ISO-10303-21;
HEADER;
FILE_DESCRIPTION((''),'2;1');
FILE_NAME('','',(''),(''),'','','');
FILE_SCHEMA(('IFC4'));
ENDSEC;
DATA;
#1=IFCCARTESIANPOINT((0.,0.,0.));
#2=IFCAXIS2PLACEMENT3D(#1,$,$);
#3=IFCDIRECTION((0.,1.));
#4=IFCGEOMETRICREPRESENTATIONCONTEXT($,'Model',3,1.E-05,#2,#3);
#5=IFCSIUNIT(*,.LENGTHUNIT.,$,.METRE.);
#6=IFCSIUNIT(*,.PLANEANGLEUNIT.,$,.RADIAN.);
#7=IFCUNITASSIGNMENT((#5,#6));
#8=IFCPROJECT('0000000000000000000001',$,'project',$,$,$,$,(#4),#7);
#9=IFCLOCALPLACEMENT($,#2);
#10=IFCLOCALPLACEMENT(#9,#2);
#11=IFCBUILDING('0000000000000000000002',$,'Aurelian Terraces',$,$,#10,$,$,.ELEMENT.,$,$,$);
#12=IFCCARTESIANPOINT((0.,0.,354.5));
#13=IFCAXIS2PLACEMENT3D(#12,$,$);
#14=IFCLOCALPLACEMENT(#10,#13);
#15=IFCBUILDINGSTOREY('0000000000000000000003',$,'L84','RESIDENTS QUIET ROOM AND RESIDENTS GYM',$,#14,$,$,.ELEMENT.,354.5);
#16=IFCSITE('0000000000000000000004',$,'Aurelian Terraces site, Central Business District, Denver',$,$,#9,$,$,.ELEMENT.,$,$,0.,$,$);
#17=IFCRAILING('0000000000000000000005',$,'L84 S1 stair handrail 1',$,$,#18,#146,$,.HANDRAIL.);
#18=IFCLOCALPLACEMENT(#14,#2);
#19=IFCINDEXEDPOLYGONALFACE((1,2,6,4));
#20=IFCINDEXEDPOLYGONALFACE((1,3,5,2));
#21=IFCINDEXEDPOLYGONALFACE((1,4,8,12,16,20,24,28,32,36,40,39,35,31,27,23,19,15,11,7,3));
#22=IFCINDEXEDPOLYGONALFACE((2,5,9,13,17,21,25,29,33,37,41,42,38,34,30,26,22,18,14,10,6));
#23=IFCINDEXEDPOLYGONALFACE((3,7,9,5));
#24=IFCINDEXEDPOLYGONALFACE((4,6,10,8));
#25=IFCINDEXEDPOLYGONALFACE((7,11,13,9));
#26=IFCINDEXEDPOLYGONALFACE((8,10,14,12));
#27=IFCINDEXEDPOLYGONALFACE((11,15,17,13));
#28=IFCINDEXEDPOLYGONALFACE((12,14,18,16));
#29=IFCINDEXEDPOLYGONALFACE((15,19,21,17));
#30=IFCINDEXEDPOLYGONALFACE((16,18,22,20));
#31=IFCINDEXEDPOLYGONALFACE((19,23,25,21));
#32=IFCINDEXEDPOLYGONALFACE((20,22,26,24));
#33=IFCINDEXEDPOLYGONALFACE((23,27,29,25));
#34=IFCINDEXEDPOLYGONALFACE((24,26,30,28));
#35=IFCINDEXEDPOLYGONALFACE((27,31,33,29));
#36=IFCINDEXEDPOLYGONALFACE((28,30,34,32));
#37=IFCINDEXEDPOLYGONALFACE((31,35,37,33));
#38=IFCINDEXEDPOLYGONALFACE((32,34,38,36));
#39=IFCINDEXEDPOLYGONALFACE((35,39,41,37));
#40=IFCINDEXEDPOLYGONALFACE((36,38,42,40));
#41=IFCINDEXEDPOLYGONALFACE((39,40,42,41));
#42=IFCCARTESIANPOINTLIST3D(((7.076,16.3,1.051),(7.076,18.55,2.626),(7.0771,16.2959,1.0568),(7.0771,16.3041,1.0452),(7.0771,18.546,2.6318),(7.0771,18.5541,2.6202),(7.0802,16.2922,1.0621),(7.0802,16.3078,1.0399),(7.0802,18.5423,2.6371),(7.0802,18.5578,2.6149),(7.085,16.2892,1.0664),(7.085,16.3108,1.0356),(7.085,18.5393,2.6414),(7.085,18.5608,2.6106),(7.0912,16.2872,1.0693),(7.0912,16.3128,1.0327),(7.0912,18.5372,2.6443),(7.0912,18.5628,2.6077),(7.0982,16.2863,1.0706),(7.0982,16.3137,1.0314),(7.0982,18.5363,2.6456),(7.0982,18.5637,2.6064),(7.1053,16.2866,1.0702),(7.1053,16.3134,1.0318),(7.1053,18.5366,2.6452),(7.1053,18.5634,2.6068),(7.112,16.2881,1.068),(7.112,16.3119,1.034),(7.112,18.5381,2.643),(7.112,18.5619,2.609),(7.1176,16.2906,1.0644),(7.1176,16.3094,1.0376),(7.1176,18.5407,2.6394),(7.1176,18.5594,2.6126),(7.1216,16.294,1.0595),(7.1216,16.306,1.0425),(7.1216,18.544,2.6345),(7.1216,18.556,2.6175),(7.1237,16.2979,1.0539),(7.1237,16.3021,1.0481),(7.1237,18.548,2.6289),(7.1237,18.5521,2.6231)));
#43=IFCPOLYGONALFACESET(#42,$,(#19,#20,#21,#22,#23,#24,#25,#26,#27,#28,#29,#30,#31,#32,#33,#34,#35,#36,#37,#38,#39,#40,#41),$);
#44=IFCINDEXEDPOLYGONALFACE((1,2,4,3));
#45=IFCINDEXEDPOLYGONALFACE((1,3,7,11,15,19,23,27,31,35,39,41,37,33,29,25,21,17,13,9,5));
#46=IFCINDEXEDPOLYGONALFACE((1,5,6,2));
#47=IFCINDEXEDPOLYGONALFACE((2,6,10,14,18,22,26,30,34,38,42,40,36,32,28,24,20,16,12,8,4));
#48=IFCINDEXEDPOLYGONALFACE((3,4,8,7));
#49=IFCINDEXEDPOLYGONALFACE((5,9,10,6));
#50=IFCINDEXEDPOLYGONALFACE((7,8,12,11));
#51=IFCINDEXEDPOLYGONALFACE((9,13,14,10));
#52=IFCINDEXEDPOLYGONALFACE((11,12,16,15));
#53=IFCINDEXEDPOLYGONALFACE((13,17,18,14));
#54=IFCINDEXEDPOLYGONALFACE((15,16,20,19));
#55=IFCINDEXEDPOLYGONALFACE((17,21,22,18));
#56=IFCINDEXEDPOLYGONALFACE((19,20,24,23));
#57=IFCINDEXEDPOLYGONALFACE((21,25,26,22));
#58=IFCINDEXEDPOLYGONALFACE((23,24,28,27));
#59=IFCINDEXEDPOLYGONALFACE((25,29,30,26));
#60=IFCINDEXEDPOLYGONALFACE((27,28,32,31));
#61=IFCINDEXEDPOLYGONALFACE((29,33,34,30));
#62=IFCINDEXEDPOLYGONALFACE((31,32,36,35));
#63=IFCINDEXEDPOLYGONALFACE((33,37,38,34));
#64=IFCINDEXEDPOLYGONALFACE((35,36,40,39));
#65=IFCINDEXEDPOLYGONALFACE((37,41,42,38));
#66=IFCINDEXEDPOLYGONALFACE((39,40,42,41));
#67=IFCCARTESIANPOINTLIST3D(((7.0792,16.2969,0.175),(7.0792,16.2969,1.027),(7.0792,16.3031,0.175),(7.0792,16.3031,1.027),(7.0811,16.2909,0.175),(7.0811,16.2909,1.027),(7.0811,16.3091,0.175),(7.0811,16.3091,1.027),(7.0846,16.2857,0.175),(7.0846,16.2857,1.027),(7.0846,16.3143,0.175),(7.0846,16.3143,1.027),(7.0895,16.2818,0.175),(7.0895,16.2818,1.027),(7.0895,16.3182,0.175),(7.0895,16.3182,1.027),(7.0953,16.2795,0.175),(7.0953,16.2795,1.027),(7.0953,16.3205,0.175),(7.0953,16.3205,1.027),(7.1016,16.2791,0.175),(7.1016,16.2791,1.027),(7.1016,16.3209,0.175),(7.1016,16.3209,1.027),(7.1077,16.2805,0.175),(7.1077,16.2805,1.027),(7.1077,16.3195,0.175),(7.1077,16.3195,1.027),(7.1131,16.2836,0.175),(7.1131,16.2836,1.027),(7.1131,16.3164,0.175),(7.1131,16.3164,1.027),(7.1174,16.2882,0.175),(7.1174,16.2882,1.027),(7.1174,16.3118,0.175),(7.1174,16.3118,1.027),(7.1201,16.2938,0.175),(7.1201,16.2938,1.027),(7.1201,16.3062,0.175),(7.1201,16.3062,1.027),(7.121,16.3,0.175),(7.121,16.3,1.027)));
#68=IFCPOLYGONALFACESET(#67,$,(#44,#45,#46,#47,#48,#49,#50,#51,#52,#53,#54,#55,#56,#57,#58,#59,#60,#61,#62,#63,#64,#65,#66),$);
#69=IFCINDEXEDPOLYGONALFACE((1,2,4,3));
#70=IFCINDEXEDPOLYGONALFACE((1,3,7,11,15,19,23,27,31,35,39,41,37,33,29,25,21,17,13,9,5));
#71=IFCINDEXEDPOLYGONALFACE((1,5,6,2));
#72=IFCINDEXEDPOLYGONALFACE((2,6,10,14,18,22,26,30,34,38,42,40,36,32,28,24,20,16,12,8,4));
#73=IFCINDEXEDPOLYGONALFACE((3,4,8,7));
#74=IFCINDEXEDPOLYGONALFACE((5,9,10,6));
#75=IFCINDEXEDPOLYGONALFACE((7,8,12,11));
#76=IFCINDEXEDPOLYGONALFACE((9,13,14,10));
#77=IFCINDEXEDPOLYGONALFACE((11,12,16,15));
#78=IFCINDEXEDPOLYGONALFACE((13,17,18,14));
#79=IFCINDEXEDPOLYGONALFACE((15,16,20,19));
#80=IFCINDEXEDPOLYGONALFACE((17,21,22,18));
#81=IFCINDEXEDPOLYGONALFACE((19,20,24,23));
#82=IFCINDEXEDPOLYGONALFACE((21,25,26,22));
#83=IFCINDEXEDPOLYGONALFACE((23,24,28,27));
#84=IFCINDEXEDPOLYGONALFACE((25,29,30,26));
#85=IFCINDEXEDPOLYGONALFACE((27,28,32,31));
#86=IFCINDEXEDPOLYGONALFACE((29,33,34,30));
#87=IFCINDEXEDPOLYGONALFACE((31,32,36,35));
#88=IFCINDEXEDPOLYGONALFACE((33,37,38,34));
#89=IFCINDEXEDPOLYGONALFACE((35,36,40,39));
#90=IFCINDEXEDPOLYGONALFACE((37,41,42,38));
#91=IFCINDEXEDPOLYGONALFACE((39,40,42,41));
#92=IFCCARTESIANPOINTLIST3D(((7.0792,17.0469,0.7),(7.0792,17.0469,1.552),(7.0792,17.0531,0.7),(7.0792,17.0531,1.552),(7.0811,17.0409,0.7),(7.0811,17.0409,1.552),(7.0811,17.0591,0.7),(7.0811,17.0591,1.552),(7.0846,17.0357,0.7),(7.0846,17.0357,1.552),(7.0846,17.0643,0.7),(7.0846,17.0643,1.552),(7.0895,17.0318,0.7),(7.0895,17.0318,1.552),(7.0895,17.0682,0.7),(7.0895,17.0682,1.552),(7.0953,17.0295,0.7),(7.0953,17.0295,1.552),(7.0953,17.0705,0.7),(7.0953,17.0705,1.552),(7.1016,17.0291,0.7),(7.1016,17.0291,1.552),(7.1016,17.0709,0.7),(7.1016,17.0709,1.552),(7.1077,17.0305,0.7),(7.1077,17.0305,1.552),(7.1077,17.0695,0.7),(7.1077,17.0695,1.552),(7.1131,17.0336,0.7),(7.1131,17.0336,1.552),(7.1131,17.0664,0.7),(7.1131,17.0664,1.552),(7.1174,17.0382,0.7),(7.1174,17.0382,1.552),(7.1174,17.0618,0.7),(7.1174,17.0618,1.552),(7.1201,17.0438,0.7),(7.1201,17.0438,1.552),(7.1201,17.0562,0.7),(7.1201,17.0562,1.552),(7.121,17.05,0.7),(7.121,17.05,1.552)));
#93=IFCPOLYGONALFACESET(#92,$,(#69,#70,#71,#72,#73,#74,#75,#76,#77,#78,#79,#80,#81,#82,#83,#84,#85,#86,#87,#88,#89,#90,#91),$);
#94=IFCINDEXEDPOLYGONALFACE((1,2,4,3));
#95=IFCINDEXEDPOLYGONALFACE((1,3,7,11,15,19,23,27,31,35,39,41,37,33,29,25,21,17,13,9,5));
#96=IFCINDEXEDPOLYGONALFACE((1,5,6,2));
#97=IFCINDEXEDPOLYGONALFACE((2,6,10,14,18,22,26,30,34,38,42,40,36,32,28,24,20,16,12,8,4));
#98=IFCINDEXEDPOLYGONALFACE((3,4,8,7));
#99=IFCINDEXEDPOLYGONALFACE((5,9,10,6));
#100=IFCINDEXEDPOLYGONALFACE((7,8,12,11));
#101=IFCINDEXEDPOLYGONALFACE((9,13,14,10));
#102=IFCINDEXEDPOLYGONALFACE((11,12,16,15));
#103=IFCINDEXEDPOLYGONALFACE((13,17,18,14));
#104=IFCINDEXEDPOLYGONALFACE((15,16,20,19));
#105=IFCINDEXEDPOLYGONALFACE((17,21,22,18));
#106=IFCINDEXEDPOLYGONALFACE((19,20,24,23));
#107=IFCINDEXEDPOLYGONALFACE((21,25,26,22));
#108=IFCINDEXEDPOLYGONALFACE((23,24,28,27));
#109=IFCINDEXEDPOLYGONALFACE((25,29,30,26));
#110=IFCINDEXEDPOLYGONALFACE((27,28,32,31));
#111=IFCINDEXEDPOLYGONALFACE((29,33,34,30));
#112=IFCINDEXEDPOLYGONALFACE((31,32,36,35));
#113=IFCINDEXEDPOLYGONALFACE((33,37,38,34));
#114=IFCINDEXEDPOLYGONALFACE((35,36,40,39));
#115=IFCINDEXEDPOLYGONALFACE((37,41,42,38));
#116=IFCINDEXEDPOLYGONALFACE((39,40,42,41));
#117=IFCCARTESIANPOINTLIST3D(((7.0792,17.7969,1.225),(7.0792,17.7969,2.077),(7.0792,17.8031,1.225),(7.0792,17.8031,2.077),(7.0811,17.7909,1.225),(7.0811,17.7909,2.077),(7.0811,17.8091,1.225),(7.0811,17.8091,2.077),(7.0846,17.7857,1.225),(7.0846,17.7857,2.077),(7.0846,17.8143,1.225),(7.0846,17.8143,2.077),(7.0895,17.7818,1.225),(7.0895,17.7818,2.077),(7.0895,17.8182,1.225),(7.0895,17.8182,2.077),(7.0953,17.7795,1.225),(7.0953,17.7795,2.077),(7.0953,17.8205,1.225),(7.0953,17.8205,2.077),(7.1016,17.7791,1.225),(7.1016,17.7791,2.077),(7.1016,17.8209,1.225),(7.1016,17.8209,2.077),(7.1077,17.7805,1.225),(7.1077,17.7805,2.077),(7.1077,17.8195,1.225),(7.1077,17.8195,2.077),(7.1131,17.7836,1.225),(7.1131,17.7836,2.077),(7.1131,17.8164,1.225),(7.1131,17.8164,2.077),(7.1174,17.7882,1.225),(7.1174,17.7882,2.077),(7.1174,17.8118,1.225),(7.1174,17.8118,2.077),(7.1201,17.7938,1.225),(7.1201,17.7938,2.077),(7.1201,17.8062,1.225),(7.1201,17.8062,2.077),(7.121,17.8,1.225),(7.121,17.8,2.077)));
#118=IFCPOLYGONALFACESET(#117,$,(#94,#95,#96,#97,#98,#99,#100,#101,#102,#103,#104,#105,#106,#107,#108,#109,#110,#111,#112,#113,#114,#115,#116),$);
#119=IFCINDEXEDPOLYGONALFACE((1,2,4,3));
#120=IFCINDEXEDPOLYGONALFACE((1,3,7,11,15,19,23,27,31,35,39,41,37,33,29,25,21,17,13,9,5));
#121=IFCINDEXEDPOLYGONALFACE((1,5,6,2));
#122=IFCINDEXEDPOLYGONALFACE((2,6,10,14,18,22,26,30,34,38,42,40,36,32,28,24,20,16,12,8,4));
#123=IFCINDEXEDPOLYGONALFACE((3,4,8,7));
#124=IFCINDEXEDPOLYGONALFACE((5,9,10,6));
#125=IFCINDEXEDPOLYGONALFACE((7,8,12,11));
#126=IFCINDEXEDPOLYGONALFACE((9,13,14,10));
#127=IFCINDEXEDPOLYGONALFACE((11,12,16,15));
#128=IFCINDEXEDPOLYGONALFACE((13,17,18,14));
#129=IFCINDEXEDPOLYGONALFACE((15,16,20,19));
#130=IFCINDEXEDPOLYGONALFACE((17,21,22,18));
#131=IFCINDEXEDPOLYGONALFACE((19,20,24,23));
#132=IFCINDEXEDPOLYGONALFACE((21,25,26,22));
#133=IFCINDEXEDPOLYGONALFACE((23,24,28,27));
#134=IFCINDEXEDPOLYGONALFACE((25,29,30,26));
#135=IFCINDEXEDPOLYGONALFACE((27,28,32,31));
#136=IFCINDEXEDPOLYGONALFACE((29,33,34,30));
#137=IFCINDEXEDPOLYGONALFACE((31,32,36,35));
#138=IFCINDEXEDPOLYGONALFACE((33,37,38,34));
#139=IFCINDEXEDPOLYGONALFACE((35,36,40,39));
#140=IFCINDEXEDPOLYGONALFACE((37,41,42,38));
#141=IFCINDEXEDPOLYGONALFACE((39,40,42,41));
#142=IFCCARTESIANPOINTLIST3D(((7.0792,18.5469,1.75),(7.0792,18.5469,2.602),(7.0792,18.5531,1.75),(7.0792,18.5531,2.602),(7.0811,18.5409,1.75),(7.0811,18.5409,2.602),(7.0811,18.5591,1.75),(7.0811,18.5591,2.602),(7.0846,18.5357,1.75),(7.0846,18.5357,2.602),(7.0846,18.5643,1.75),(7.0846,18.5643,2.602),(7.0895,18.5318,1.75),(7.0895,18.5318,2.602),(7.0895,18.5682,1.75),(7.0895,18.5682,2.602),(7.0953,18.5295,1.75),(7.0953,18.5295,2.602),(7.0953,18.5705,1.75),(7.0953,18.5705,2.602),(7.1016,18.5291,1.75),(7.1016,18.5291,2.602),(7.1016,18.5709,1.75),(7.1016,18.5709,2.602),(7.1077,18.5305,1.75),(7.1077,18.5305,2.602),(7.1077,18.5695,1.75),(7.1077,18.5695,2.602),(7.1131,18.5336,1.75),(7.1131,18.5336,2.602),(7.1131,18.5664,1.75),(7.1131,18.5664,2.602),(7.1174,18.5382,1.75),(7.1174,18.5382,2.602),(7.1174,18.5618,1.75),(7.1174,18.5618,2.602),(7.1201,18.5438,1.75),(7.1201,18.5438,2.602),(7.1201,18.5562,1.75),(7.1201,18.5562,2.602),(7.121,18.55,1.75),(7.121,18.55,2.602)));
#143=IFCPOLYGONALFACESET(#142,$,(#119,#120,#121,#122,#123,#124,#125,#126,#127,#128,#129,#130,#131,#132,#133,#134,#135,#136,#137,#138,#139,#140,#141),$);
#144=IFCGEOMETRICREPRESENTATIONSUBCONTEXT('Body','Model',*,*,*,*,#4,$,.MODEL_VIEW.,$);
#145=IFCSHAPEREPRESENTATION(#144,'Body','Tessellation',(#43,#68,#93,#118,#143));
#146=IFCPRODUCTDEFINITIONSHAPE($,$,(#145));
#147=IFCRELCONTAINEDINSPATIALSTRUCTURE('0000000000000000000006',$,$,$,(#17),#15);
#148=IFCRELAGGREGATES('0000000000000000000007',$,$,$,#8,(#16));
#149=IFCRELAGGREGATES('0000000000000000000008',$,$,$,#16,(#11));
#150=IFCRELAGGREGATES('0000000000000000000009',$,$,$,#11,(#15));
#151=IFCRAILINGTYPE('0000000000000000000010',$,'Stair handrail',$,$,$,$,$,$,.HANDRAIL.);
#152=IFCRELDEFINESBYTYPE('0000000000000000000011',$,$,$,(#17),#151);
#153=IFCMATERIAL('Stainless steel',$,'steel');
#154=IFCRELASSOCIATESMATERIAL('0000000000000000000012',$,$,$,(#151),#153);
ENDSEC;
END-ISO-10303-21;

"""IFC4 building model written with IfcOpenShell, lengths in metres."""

from ifc_helpers import new_model, si_unit, direction, frame, origin, origin_2d, place, context, subcontext, project, spatial, circle, extrude, source, transform, mapped, material, type_object, element, save


model = new_model("IFC4")

# Units and contexts
model_context = context("Model", 3, precision=1e-05, world=origin(), true_north=direction((0.0, 1.0)))
body_context = subcontext(model_context, "Body", "Model", "MODEL_VIEW")
ifc_project = project(units=[si_unit("LENGTHUNIT", "METRE"), si_unit("PLANEANGLEUNIT", "RADIAN")], contexts=[model_context])

# Site, building, storey
site_placement = place(None, origin())
site = spatial("IfcSite", under=ifc_project, at=site_placement, Name="Aurelian Terraces site, Central Business District, Denver", CompositionType="ELEMENT", RefElevation=0.0)
building_placement = place(site_placement, origin())
building = spatial("IfcBuilding", under=site, at=building_placement, Name="Aurelian Terraces", CompositionType="ELEMENT")
storey_placement = place(building_placement, frame((0.0, 0.0, 354.5)))
storey = spatial("IfcBuildingStorey", under=building, at=storey_placement, Name="L84", Description="RESIDENTS QUIET ROOM AND RESIDENTS GYM", CompositionType="ELEMENT", Elevation=354.5)

# Shared definitions
ifc_material_1 = material(Name="Stainless steel", Category="steel")

# Railing
railing_type_1 = type_object("IfcRailingType", Name="Stair handrail", PredefinedType="HANDRAIL", material=ifc_material_1)
shared_shape_1 = source(origin(), body_context, "Body", "SweptSolid", [
    extrude(circle(Radius=0.024, at=origin_2d()), frame((0.0, 0.0, 0.876), z_axis=(0.0, 0.819232, 0.573462), x_axis=(-1.0, 0.0, 0.0)), (0.0, 0.0, 1.0), 2.7465),
    extrude(circle(Radius=0.021, at=origin_2d()), origin(), (0.0, 0.0, 1.0), 0.852),
    extrude(circle(Radius=0.021, at=origin_2d()), frame((0.0, 0.75, 0.525)), (0.0, 0.0, 1.0), 0.852),
    extrude(circle(Radius=0.021, at=origin_2d()), frame((0.0, 1.5, 1.05)), (0.0, 0.0, 1.0), 0.852),
    extrude(circle(Radius=0.021, at=origin_2d()), frame((0.0, 2.25, 1.575)), (0.0, 0.0, 1.0), 0.852),
])
railing_1_placement = place(storey_placement, frame((7.1, 16.3, 0.175)))
element("IfcRailing", 1, at=railing_1_placement, inside=storey, type_object=railing_type_1, Name="L84 S1 stair handrail 1", PredefinedType="HANDRAIL", context=body_context, shape_type="MappedRepresentation", body=[
    mapped(shared_shape_1, transform((0.0, 0.0, 0.0), scale=1.0)),
])

save(model, "model.ifc")
